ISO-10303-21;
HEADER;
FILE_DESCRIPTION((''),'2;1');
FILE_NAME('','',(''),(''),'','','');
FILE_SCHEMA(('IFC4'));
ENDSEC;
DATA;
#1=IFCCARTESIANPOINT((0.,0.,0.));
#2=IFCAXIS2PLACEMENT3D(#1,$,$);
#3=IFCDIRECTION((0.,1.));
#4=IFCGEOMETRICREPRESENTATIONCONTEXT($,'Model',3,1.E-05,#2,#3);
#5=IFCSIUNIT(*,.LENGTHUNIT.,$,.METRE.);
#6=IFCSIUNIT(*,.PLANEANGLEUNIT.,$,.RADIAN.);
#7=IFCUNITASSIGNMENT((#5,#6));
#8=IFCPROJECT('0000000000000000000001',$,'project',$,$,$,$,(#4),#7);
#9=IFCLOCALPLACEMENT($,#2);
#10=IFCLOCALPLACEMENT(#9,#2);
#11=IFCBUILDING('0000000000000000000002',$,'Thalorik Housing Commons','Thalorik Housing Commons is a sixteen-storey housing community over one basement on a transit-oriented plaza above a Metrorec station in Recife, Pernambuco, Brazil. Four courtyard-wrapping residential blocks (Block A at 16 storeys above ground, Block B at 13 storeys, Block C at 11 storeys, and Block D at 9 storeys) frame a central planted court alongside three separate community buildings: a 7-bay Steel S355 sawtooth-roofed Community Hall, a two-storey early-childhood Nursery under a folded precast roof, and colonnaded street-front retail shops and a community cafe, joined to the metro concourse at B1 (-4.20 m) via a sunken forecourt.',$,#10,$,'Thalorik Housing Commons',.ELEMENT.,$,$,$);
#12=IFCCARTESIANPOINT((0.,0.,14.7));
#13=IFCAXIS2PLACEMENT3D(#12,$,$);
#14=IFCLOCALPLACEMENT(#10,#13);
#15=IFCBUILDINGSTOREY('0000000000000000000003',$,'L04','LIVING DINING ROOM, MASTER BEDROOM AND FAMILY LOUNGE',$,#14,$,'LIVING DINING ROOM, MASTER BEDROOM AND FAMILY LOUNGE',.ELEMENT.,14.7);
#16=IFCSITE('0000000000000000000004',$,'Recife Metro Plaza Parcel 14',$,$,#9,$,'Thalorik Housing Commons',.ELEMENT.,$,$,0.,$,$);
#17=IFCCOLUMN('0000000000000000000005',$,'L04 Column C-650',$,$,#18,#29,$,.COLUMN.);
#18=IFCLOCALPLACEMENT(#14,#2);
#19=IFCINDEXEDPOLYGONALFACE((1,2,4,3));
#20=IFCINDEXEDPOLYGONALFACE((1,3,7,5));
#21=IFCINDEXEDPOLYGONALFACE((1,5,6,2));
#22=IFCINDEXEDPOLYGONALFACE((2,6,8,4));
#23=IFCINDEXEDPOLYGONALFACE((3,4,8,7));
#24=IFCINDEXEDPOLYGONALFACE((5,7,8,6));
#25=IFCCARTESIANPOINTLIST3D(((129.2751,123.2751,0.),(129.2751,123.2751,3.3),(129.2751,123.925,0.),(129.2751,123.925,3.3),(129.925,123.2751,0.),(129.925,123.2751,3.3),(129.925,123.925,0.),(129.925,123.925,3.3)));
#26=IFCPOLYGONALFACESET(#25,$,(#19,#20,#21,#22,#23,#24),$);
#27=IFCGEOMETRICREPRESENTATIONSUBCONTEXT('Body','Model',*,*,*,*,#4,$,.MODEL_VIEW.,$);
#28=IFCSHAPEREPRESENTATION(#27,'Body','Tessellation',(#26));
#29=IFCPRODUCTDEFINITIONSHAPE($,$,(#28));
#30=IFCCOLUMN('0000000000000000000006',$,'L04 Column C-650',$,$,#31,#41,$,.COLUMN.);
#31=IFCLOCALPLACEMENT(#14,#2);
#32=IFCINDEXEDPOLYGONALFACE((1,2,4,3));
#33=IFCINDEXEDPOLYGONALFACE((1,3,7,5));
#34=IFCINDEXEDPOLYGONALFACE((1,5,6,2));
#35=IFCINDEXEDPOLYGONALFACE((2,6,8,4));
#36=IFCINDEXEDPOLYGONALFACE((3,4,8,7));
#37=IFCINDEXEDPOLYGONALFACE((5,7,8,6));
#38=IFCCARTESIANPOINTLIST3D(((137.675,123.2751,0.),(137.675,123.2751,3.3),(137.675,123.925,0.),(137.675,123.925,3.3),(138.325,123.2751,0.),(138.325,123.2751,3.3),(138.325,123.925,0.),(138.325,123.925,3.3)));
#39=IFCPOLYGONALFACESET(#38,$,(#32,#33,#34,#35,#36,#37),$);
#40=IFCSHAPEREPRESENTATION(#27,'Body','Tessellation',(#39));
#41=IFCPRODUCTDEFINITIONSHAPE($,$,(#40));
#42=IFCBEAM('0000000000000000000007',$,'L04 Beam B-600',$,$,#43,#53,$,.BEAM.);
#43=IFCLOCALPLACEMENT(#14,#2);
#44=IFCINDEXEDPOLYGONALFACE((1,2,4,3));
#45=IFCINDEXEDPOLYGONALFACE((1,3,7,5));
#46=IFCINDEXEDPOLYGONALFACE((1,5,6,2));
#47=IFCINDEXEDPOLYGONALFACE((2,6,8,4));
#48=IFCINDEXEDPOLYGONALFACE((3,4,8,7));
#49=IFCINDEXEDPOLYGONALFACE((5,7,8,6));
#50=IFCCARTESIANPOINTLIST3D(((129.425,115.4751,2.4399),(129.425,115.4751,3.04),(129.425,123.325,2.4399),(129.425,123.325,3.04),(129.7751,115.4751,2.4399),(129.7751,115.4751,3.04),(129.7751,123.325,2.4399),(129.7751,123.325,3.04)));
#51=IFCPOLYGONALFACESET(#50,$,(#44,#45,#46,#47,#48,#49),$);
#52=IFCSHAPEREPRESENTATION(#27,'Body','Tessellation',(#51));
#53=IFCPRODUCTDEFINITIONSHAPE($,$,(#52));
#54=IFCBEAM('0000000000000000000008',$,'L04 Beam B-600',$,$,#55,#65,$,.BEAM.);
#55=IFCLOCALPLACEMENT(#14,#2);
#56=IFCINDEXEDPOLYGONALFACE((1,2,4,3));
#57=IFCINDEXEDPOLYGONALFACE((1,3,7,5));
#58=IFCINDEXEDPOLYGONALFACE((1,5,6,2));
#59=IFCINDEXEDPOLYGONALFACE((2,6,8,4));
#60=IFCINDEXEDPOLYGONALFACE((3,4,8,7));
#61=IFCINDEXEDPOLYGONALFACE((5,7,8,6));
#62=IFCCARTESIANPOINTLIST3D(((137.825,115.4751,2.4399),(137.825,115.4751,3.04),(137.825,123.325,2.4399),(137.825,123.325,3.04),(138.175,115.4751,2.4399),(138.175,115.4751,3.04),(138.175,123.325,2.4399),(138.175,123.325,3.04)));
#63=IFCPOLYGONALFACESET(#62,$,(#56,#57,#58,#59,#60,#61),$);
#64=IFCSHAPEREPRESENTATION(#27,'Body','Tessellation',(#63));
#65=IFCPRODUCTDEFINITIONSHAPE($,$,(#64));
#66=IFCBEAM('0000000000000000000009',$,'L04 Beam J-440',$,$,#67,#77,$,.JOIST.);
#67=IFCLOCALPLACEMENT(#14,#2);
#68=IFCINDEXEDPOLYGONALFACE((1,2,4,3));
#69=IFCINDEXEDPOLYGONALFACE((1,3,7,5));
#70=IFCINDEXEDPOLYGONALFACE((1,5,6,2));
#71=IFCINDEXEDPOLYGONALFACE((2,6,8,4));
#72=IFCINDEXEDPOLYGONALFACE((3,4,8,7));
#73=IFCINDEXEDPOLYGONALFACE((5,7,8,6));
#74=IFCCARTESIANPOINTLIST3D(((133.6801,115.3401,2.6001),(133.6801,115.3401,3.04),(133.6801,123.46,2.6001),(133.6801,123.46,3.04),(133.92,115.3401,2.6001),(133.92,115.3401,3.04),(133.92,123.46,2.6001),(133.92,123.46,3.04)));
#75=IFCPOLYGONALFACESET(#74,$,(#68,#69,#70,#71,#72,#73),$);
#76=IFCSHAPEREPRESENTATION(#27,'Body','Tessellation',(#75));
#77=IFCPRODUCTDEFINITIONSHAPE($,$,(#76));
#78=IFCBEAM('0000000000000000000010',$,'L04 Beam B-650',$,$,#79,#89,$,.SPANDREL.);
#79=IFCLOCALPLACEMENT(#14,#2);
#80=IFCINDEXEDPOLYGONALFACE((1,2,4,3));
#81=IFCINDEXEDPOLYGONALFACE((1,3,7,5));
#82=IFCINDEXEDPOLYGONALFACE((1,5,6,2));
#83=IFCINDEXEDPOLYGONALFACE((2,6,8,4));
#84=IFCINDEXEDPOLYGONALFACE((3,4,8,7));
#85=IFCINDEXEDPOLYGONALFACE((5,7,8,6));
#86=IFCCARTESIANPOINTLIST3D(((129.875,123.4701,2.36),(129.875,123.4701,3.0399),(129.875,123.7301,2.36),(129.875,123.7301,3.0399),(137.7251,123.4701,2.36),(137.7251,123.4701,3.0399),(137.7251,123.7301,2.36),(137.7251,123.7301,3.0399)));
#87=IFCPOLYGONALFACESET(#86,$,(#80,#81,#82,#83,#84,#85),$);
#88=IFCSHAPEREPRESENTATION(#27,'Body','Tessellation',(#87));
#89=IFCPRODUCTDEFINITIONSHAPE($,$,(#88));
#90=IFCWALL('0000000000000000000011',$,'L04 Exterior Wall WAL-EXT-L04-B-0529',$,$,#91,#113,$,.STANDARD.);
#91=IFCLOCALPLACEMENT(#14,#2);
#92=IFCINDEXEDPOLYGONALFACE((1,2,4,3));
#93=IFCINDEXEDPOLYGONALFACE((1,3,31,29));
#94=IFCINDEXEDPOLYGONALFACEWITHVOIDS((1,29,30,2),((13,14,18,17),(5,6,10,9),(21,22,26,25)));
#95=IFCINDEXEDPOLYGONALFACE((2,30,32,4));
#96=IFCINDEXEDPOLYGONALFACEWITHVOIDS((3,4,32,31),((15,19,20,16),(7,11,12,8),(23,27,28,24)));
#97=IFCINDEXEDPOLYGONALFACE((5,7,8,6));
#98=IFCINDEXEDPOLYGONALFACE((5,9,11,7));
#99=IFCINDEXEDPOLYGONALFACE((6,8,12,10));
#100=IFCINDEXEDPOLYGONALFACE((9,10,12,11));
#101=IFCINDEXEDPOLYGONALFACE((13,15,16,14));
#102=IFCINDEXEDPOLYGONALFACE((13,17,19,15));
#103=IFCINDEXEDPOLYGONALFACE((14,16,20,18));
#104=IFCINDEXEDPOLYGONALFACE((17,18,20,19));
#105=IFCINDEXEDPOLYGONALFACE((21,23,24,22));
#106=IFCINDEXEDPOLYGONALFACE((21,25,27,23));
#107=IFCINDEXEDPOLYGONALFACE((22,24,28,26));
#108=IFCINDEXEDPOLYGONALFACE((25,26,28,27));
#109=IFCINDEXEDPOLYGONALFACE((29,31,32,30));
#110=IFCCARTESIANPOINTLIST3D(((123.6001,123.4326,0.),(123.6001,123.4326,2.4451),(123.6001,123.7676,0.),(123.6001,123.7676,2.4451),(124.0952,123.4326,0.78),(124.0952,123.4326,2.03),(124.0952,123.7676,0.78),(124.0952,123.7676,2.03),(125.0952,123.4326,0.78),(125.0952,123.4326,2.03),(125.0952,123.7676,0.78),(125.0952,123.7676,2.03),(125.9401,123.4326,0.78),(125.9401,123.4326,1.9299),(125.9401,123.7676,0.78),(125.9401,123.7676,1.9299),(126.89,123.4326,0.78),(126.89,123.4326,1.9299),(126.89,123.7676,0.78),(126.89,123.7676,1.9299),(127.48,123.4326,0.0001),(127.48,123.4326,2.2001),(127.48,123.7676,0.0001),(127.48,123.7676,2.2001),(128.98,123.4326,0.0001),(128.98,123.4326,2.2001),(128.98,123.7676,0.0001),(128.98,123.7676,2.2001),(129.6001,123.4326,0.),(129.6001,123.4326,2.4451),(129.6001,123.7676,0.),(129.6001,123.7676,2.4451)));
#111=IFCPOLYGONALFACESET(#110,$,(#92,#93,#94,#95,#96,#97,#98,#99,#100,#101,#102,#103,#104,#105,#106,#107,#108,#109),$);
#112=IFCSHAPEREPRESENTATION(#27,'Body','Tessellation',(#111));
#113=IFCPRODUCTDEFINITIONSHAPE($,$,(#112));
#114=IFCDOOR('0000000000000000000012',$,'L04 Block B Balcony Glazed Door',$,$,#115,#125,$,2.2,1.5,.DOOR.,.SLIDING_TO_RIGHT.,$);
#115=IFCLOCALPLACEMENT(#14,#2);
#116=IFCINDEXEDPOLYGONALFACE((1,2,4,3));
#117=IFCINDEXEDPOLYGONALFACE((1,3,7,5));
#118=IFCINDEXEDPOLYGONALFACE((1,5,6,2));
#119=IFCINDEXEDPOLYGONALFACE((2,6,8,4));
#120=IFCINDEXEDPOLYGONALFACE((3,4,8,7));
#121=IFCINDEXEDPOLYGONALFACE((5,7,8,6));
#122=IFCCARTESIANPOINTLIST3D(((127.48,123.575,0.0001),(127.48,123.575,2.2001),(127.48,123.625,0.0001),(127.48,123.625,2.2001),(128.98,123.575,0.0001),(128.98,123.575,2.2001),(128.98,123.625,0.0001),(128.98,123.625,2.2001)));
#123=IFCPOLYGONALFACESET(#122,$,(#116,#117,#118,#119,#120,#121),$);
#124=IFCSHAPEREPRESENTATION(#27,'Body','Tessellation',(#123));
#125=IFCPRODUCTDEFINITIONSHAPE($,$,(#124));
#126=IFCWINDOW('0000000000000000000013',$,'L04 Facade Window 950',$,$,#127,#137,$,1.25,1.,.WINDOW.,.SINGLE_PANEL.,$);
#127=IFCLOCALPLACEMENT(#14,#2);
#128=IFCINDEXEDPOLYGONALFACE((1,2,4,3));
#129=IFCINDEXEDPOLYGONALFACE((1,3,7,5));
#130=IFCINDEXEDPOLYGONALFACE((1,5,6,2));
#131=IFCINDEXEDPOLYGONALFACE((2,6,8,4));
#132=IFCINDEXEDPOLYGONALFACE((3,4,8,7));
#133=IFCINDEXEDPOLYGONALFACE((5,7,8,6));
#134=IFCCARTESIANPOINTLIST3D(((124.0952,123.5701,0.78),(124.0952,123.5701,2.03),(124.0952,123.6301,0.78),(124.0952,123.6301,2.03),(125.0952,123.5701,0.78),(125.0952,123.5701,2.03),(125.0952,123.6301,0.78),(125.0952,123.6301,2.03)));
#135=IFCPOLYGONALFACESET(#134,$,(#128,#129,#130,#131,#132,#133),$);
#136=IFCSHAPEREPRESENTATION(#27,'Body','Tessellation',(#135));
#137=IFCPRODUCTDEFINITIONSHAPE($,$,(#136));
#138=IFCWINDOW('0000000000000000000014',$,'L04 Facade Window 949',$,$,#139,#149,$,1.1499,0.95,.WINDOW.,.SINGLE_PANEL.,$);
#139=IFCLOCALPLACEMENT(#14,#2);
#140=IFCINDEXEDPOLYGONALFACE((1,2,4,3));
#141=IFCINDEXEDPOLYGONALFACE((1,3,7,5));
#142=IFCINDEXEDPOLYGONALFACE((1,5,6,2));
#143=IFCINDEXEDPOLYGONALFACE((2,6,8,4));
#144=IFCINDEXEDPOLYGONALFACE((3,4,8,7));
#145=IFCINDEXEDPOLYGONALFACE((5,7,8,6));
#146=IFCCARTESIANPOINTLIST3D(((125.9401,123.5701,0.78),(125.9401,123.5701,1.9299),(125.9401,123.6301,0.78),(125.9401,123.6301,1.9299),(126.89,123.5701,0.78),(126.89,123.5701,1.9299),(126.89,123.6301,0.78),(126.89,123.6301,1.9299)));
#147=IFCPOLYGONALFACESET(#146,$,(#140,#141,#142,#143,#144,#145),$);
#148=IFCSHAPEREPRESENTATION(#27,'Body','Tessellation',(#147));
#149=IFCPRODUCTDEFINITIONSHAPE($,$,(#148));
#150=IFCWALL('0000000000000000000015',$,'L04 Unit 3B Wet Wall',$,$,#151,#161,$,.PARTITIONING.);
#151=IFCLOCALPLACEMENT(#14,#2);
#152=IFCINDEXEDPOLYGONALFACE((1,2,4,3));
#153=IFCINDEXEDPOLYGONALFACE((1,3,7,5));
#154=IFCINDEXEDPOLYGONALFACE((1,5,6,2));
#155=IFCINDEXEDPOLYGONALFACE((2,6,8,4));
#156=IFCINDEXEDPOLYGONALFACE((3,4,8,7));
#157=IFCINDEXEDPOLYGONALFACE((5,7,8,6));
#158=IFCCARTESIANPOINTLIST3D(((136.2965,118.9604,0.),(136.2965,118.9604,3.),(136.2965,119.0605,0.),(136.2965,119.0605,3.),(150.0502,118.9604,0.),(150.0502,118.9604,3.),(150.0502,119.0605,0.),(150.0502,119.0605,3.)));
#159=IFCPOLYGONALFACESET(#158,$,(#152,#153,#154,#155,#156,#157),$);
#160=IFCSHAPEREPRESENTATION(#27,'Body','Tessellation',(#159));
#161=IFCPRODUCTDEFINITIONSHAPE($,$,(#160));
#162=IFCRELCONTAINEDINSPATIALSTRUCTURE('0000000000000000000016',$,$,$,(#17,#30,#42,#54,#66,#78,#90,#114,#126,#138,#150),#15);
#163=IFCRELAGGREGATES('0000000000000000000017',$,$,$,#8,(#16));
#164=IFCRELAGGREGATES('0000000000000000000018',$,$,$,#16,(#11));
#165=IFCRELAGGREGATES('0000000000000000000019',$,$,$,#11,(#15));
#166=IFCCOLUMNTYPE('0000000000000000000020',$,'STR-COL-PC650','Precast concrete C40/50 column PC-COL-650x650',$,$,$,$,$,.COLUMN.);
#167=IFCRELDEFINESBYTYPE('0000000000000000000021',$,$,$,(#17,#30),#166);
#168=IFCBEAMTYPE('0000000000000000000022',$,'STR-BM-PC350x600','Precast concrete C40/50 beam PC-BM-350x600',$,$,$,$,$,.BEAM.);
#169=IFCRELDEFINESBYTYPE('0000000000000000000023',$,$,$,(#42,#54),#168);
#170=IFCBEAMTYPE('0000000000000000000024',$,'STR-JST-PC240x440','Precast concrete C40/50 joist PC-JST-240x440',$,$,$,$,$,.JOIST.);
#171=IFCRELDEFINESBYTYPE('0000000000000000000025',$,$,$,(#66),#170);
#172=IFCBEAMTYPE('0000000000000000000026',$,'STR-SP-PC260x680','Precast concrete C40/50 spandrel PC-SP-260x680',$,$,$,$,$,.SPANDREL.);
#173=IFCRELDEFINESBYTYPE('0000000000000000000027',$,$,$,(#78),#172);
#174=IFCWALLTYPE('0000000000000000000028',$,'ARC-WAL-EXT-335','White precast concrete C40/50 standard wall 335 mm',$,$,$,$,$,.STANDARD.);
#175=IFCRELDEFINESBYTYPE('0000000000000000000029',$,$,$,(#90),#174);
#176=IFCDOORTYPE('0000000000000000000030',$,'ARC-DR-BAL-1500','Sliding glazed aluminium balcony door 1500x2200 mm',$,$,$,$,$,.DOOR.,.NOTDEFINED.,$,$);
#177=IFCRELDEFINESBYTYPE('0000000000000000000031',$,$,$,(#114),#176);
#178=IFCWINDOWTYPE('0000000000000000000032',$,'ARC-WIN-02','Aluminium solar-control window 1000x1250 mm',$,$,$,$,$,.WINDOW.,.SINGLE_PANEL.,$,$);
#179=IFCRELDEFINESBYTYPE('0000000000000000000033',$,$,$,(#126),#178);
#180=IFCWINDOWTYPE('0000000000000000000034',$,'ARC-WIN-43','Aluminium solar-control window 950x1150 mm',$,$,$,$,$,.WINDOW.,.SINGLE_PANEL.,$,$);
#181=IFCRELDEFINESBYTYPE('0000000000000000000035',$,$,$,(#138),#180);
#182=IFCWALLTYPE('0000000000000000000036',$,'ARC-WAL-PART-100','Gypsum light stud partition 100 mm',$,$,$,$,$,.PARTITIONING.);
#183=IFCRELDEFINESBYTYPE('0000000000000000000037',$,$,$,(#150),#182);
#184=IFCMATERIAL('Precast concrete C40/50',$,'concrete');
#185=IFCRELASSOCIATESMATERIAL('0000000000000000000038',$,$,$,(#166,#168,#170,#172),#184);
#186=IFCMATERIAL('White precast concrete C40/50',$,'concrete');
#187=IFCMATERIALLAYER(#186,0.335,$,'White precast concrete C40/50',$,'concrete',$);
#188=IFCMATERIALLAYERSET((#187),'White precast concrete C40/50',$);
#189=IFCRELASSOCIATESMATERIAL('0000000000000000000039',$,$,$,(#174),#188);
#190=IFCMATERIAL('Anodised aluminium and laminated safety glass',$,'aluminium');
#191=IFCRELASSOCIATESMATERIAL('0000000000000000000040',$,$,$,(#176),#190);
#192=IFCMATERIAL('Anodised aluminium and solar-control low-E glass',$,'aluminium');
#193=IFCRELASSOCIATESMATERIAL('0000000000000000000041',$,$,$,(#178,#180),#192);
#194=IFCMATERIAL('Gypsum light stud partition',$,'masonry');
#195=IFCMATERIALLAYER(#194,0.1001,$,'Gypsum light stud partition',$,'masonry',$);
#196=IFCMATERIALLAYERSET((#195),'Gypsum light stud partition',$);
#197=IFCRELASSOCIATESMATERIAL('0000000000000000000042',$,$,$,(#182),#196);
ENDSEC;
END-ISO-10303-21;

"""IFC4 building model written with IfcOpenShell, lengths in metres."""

from ifc_helpers import new_model, si_unit, direction, frame, frame_2d, origin, origin_2d, place, context, subcontext, project, spatial, rectangle, extrude, material, layer, layer_set, material_profile, profile_set, type_object, element, fill, save


model = new_model("IFC4")

# Units and contexts
model_context = context("Model", 3, precision=1e-05, world=origin(), true_north=direction((0.0, 1.0)))
body_context = subcontext(model_context, "Body", "Model", "MODEL_VIEW")
ifc_project = project(units=[si_unit("LENGTHUNIT", "METRE"), si_unit("PLANEANGLEUNIT", "RADIAN")], contexts=[model_context])

# Site, building, storey
site_placement = place(None, origin())
site = spatial("IfcSite", under=ifc_project, at=site_placement, Name="Recife Metro Plaza Parcel 14", LongName="Thalorik Housing Commons", CompositionType="ELEMENT", RefElevation=0.0)
building_placement = place(site_placement, origin())
building = spatial("IfcBuilding", under=site, at=building_placement, Name="Thalorik Housing Commons", Description="Thalorik Housing Commons is a sixteen-storey housing community over one basement on a transit-oriented plaza above a Metrorec station in Recife, Pernambuco, Brazil. Four courtyard-wrapping residential blocks (Block A at 16 storeys above ground, Block B at 13 storeys, Block C at 11 storeys, and Block D at 9 storeys) frame a central planted court alongside three separate community buildings: a 7-bay Steel S355 sawtooth-roofed Community Hall, a two-storey early-childhood Nursery under a folded precast roof, and colonnaded street-front retail shops and a community cafe, joined to the metro concourse at B1 (-4.20 m) via a sunken forecourt.", LongName="Thalorik Housing Commons", CompositionType="ELEMENT")
storey_placement = place(building_placement, frame((0.0, 0.0, 14.7)))
storey = spatial("IfcBuildingStorey", under=building, at=storey_placement, Name="L04", Description="LIVING DINING ROOM, MASTER BEDROOM AND FAMILY LOUNGE", LongName="LIVING DINING ROOM, MASTER BEDROOM AND FAMILY LOUNGE", CompositionType="ELEMENT", Elevation=14.7)

# Columns
ifc_material_1 = material(Name="Precast concrete C40/50", Category="concrete")
ifc_material_profile_1 = material_profile(ifc_material_1, rectangle(XDim=0.6499, YDim=0.6499, at=origin_2d()), Name="PC 650x650", Category="concrete")
ifc_profile_set_1 = profile_set([ifc_material_profile_1], Name="Precast concrete C40/50")
column_type = type_object("IfcColumnType", Name="STR-COL-PC650", Description="Precast concrete C40/50 column PC-COL-650x650", PredefinedType="COLUMN", material=ifc_profile_set_1)
for number, where, z_axis, x_axis, name in (
    (1, (129.6001, 123.6001, 0.0), (0.0, 0.0, 1.0), (1.0, 0.0, 0.0), "L04 Column C-650"),
    (2, (138.0, 123.6001, 0.0), (0.0, 0.0, 1.0), (1.0, 0.0, 0.0), "L04 Column C-650"),
):
    element("IfcColumn", number, at=place(storey_placement, frame(where, z_axis=z_axis, x_axis=x_axis)), inside=storey, type_object=column_type, Name=name, PredefinedType="COLUMN", context=body_context, shape_type="SweptSolid", body=[
        extrude(rectangle(XDim=0.6499, YDim=0.6499, at=origin_2d()), origin(), (0.0, 0.0, 1.0), 3.3),
    ])

# Beams
ifc_material_profile_2 = material_profile(ifc_material_1, rectangle(XDim=0.3501, YDim=0.6001, at=origin_2d()), Name="PC 350x600", Category="concrete")
ifc_profile_set_2 = profile_set([ifc_material_profile_2], Name="Precast concrete C40/50")
beam_type_1 = type_object("IfcBeamType", Name="STR-BM-PC350x600", Description="Precast concrete C40/50 beam PC-BM-350x600", PredefinedType="BEAM", material=ifc_profile_set_2)
for number, where, z_axis, x_axis, name in (
    (3, (129.6001, 115.4751, 2.74), (0.0, 1.0, 0.0), (-1.0, 0.0, 0.0), "L04 Beam B-600"),
    (4, (138.0, 115.4751, 2.74), (0.0, 1.0, 0.0), (-1.0, 0.0, 0.0), "L04 Beam B-600"),
):
    element("IfcBeam", number, at=place(storey_placement, frame(where, z_axis=z_axis, x_axis=x_axis)), inside=storey, type_object=beam_type_1, Name=name, PredefinedType="BEAM", context=body_context, shape_type="SweptSolid", body=[
        extrude(rectangle(XDim=0.3501, YDim=0.6001, at=origin_2d()), origin(), (0.0, 0.0, 1.0), 7.8499),
    ])
ifc_material_profile_3 = material_profile(ifc_material_1, rectangle(XDim=0.24, YDim=0.4399, at=origin_2d()), Name="PC JST 240x440", Category="concrete")
ifc_profile_set_3 = profile_set([ifc_material_profile_3], Name="Precast concrete C40/50")
beam_type_2 = type_object("IfcBeamType", Name="STR-JST-PC240x440", Description="Precast concrete C40/50 joist PC-JST-240x440", PredefinedType="JOIST", material=ifc_profile_set_3)
beam_1_placement = place(storey_placement, frame((133.8, 115.3401, 2.8201), z_axis=(0.0, 1.0, 0.0), x_axis=(-1.0, 0.0, 0.0)))
element("IfcBeam", 5, at=beam_1_placement, inside=storey, type_object=beam_type_2, Name="L04 Beam J-440", PredefinedType="JOIST", context=body_context, shape_type="SweptSolid", body=[
    extrude(rectangle(XDim=0.24, YDim=0.4399, at=origin_2d()), origin(), (0.0, 0.0, 1.0), 8.1199),
])
ifc_material_profile_4 = material_profile(ifc_material_1, rectangle(XDim=0.26, YDim=0.6799, at=origin_2d()), Name="PC SP 260x680", Category="concrete")
ifc_profile_set_4 = profile_set([ifc_material_profile_4], Name="Precast concrete C40/50")
beam_type_3 = type_object("IfcBeamType", Name="STR-SP-PC260x680", Description="Precast concrete C40/50 spandrel PC-SP-260x680", PredefinedType="SPANDREL", material=ifc_profile_set_4)
beam_2_placement = place(storey_placement, frame((129.875, 123.6001, 2.7), z_axis=(1.0, 0.0, 0.0), x_axis=(0.0, 1.0, 0.0)))
element("IfcBeam", 6, at=beam_2_placement, inside=storey, type_object=beam_type_3, Name="L04 Beam B-650", PredefinedType="SPANDREL", context=body_context, shape_type="SweptSolid", body=[
    extrude(rectangle(XDim=0.26, YDim=0.6799, at=origin_2d()), origin(), (0.0, 0.0, 1.0), 7.8501),
])

# Wall, openings, door, windows
ifc_material_2 = material(Name="White precast concrete C40/50", Category="concrete")
ifc_layer_1 = layer(ifc_material_2, 0.335, Name="White precast concrete C40/50", Category="concrete")
ifc_layer_set_1 = layer_set([ifc_layer_1], Name="White precast concrete C40/50")
wall_type_1 = type_object("IfcWallType", Name="ARC-WAL-EXT-335", Description="White precast concrete C40/50 standard wall 335 mm", PredefinedType="STANDARD", material=ifc_layer_set_1)
wall_1_placement = place(storey_placement, frame((129.6001, 123.6001, 0.0), z_axis=(0.0, 0.0, 1.0), x_axis=(-1.0, 0.0, 0.0)))
wall_1 = element("IfcWall", 7, at=wall_1_placement, inside=storey, type_object=wall_type_1, Name="L04 Exterior Wall WAL-EXT-L04-B-0529", PredefinedType="STANDARD", context=body_context, shape_type="SweptSolid", body=[
    extrude(rectangle(XDim=6.0, YDim=0.335, at=frame_2d((3.0, 0.0))), origin(), (0.0, 0.0, 1.0), 2.4451),
])
opening_1_placement = place(wall_1_placement, frame((0.6201, 0.0, 0.0)))
opening_1 = element("IfcOpeningElement", 8, at=opening_1_placement, cuts=wall_1, PredefinedType="OPENING", context=body_context, shape_type="SweptSolid", body=[
    extrude(rectangle(XDim=1.5, YDim=2.2, at=frame_2d((0.75, 1.1001))), frame((0.0, 0.1775, 0.0), z_axis=(0.0, -1.0, 0.0), x_axis=(1.0, 0.0, 0.0)), (0.0, 0.0, 1.0), 0.355),
])
opening_2_placement = place(wall_1_placement, frame((2.71, 0.0, 0.78)))
opening_2 = element("IfcOpeningElement", 9, at=opening_2_placement, cuts=wall_1, PredefinedType="OPENING", context=body_context, shape_type="SweptSolid", body=[
    extrude(rectangle(XDim=0.95, YDim=1.1499, at=frame_2d((0.4751, 0.575))), frame((0.0, 0.1775, 0.0), z_axis=(0.0, -1.0, 0.0), x_axis=(1.0, 0.0, 0.0)), (0.0, 0.0, 1.0), 0.355),
])
opening_3_placement = place(wall_1_placement, frame((4.5049, 0.0, 0.78)))
opening_3 = element("IfcOpeningElement", 10, at=opening_3_placement, cuts=wall_1, PredefinedType="OPENING", context=body_context, shape_type="SweptSolid", body=[
    extrude(rectangle(XDim=1.0, YDim=1.25, at=frame_2d((0.5, 0.625))), frame((0.0, 0.1775, 0.0), z_axis=(0.0, -1.0, 0.0), x_axis=(1.0, 0.0, 0.0)), (0.0, 0.0, 1.0), 0.355),
])
ifc_material_3 = material(Name="Anodised aluminium and laminated safety glass", Category="aluminium")
door_type_1 = type_object("IfcDoorType", Name="ARC-DR-BAL-1500", Description="Sliding glazed aluminium balcony door 1500x2200 mm", OperationType="NOTDEFINED", PredefinedType="DOOR", material=ifc_material_3)
door_1_placement = place(opening_1_placement, frame((1.5, 0.0, 0.0), z_axis=(0.0, 0.0, 1.0), x_axis=(-1.0, 0.0, 0.0)))
door_1 = element("IfcDoor", 11, at=door_1_placement, inside=storey, type_object=door_type_1, Name="L04 Block B Balcony Glazed Door", OperationType="SLIDING_TO_RIGHT", OverallHeight=2.2, OverallWidth=1.5, PredefinedType="DOOR", context=body_context, shape_type="SweptSolid", body=[
    extrude(rectangle(XDim=1.5, YDim=2.2, at=frame_2d((0.75, 1.1001))), frame((0.0, 0.0249, 0.0), z_axis=(0.0, -1.0, 0.0), x_axis=(1.0, 0.0, 0.0)), (0.0, 0.0, 1.0), 0.05),
])
fill(opening_1, door_1)
ifc_material_4 = material(Name="Anodised aluminium and solar-control low-E glass", Category="aluminium")
window_type_1 = type_object("IfcWindowType", Name="ARC-WIN-02", Description="Aluminium solar-control window 1000x1250 mm", PartitioningType="SINGLE_PANEL", PredefinedType="WINDOW", material=ifc_material_4)
window_1_placement = place(opening_3_placement, origin())
window_1 = element("IfcWindow", 12, at=window_1_placement, inside=storey, type_object=window_type_1, Name="L04 Facade Window 950", OverallHeight=1.25, OverallWidth=1.0, PartitioningType="SINGLE_PANEL", PredefinedType="WINDOW", context=body_context, shape_type="SweptSolid", body=[
    extrude(rectangle(XDim=1.0, YDim=1.25, at=frame_2d((0.5, 0.625))), frame((0.0, 0.03, 0.0), z_axis=(0.0, -1.0, 0.0), x_axis=(1.0, 0.0, 0.0)), (0.0, 0.0, 1.0), 0.0601),
])
fill(opening_3, window_1)
window_type_2 = type_object("IfcWindowType", Name="ARC-WIN-43", Description="Aluminium solar-control window 950x1150 mm", PartitioningType="SINGLE_PANEL", PredefinedType="WINDOW", material=ifc_material_4)
window_2_placement = place(opening_2_placement, origin())
window_2 = element("IfcWindow", 13, at=window_2_placement, inside=storey, type_object=window_type_2, Name="L04 Facade Window 949", OverallHeight=1.1499, OverallWidth=0.95, PartitioningType="SINGLE_PANEL", PredefinedType="WINDOW", context=body_context, shape_type="SweptSolid", body=[
    extrude(rectangle(XDim=0.95, YDim=1.1499, at=frame_2d((0.4751, 0.575))), frame((0.0, 0.03, 0.0), z_axis=(0.0, -1.0, 0.0), x_axis=(1.0, 0.0, 0.0)), (0.0, 0.0, 1.0), 0.0601),
])
fill(opening_2, window_2)

# Wall
ifc_material_5 = material(Name="Gypsum light stud partition", Category="masonry")
ifc_layer_2 = layer(ifc_material_5, 0.1001, Name="Gypsum light stud partition", Category="masonry")
ifc_layer_set_2 = layer_set([ifc_layer_2], Name="Gypsum light stud partition")
wall_type_2 = type_object("IfcWallType", Name="ARC-WAL-PART-100", Description="Gypsum light stud partition 100 mm", PredefinedType="PARTITIONING", material=ifc_layer_set_2)
wall_2_placement = place(storey_placement, frame((136.2964, 119.0105, 0.0), z_axis=(0.0, 0.0, 1.0), x_axis=(1.0, 0.0, 0.0)))
element("IfcWall", 14, at=wall_2_placement, inside=storey, type_object=wall_type_2, Name="L04 Unit 3B Wet Wall", PredefinedType="PARTITIONING", context=body_context, shape_type="SweptSolid", body=[
    extrude(rectangle(XDim=13.7537, YDim=0.1001, at=frame_2d((6.877, 0.0))), origin(), (0.0, 0.0, 1.0), 3.0),
])

save(model, "model.ifc")
